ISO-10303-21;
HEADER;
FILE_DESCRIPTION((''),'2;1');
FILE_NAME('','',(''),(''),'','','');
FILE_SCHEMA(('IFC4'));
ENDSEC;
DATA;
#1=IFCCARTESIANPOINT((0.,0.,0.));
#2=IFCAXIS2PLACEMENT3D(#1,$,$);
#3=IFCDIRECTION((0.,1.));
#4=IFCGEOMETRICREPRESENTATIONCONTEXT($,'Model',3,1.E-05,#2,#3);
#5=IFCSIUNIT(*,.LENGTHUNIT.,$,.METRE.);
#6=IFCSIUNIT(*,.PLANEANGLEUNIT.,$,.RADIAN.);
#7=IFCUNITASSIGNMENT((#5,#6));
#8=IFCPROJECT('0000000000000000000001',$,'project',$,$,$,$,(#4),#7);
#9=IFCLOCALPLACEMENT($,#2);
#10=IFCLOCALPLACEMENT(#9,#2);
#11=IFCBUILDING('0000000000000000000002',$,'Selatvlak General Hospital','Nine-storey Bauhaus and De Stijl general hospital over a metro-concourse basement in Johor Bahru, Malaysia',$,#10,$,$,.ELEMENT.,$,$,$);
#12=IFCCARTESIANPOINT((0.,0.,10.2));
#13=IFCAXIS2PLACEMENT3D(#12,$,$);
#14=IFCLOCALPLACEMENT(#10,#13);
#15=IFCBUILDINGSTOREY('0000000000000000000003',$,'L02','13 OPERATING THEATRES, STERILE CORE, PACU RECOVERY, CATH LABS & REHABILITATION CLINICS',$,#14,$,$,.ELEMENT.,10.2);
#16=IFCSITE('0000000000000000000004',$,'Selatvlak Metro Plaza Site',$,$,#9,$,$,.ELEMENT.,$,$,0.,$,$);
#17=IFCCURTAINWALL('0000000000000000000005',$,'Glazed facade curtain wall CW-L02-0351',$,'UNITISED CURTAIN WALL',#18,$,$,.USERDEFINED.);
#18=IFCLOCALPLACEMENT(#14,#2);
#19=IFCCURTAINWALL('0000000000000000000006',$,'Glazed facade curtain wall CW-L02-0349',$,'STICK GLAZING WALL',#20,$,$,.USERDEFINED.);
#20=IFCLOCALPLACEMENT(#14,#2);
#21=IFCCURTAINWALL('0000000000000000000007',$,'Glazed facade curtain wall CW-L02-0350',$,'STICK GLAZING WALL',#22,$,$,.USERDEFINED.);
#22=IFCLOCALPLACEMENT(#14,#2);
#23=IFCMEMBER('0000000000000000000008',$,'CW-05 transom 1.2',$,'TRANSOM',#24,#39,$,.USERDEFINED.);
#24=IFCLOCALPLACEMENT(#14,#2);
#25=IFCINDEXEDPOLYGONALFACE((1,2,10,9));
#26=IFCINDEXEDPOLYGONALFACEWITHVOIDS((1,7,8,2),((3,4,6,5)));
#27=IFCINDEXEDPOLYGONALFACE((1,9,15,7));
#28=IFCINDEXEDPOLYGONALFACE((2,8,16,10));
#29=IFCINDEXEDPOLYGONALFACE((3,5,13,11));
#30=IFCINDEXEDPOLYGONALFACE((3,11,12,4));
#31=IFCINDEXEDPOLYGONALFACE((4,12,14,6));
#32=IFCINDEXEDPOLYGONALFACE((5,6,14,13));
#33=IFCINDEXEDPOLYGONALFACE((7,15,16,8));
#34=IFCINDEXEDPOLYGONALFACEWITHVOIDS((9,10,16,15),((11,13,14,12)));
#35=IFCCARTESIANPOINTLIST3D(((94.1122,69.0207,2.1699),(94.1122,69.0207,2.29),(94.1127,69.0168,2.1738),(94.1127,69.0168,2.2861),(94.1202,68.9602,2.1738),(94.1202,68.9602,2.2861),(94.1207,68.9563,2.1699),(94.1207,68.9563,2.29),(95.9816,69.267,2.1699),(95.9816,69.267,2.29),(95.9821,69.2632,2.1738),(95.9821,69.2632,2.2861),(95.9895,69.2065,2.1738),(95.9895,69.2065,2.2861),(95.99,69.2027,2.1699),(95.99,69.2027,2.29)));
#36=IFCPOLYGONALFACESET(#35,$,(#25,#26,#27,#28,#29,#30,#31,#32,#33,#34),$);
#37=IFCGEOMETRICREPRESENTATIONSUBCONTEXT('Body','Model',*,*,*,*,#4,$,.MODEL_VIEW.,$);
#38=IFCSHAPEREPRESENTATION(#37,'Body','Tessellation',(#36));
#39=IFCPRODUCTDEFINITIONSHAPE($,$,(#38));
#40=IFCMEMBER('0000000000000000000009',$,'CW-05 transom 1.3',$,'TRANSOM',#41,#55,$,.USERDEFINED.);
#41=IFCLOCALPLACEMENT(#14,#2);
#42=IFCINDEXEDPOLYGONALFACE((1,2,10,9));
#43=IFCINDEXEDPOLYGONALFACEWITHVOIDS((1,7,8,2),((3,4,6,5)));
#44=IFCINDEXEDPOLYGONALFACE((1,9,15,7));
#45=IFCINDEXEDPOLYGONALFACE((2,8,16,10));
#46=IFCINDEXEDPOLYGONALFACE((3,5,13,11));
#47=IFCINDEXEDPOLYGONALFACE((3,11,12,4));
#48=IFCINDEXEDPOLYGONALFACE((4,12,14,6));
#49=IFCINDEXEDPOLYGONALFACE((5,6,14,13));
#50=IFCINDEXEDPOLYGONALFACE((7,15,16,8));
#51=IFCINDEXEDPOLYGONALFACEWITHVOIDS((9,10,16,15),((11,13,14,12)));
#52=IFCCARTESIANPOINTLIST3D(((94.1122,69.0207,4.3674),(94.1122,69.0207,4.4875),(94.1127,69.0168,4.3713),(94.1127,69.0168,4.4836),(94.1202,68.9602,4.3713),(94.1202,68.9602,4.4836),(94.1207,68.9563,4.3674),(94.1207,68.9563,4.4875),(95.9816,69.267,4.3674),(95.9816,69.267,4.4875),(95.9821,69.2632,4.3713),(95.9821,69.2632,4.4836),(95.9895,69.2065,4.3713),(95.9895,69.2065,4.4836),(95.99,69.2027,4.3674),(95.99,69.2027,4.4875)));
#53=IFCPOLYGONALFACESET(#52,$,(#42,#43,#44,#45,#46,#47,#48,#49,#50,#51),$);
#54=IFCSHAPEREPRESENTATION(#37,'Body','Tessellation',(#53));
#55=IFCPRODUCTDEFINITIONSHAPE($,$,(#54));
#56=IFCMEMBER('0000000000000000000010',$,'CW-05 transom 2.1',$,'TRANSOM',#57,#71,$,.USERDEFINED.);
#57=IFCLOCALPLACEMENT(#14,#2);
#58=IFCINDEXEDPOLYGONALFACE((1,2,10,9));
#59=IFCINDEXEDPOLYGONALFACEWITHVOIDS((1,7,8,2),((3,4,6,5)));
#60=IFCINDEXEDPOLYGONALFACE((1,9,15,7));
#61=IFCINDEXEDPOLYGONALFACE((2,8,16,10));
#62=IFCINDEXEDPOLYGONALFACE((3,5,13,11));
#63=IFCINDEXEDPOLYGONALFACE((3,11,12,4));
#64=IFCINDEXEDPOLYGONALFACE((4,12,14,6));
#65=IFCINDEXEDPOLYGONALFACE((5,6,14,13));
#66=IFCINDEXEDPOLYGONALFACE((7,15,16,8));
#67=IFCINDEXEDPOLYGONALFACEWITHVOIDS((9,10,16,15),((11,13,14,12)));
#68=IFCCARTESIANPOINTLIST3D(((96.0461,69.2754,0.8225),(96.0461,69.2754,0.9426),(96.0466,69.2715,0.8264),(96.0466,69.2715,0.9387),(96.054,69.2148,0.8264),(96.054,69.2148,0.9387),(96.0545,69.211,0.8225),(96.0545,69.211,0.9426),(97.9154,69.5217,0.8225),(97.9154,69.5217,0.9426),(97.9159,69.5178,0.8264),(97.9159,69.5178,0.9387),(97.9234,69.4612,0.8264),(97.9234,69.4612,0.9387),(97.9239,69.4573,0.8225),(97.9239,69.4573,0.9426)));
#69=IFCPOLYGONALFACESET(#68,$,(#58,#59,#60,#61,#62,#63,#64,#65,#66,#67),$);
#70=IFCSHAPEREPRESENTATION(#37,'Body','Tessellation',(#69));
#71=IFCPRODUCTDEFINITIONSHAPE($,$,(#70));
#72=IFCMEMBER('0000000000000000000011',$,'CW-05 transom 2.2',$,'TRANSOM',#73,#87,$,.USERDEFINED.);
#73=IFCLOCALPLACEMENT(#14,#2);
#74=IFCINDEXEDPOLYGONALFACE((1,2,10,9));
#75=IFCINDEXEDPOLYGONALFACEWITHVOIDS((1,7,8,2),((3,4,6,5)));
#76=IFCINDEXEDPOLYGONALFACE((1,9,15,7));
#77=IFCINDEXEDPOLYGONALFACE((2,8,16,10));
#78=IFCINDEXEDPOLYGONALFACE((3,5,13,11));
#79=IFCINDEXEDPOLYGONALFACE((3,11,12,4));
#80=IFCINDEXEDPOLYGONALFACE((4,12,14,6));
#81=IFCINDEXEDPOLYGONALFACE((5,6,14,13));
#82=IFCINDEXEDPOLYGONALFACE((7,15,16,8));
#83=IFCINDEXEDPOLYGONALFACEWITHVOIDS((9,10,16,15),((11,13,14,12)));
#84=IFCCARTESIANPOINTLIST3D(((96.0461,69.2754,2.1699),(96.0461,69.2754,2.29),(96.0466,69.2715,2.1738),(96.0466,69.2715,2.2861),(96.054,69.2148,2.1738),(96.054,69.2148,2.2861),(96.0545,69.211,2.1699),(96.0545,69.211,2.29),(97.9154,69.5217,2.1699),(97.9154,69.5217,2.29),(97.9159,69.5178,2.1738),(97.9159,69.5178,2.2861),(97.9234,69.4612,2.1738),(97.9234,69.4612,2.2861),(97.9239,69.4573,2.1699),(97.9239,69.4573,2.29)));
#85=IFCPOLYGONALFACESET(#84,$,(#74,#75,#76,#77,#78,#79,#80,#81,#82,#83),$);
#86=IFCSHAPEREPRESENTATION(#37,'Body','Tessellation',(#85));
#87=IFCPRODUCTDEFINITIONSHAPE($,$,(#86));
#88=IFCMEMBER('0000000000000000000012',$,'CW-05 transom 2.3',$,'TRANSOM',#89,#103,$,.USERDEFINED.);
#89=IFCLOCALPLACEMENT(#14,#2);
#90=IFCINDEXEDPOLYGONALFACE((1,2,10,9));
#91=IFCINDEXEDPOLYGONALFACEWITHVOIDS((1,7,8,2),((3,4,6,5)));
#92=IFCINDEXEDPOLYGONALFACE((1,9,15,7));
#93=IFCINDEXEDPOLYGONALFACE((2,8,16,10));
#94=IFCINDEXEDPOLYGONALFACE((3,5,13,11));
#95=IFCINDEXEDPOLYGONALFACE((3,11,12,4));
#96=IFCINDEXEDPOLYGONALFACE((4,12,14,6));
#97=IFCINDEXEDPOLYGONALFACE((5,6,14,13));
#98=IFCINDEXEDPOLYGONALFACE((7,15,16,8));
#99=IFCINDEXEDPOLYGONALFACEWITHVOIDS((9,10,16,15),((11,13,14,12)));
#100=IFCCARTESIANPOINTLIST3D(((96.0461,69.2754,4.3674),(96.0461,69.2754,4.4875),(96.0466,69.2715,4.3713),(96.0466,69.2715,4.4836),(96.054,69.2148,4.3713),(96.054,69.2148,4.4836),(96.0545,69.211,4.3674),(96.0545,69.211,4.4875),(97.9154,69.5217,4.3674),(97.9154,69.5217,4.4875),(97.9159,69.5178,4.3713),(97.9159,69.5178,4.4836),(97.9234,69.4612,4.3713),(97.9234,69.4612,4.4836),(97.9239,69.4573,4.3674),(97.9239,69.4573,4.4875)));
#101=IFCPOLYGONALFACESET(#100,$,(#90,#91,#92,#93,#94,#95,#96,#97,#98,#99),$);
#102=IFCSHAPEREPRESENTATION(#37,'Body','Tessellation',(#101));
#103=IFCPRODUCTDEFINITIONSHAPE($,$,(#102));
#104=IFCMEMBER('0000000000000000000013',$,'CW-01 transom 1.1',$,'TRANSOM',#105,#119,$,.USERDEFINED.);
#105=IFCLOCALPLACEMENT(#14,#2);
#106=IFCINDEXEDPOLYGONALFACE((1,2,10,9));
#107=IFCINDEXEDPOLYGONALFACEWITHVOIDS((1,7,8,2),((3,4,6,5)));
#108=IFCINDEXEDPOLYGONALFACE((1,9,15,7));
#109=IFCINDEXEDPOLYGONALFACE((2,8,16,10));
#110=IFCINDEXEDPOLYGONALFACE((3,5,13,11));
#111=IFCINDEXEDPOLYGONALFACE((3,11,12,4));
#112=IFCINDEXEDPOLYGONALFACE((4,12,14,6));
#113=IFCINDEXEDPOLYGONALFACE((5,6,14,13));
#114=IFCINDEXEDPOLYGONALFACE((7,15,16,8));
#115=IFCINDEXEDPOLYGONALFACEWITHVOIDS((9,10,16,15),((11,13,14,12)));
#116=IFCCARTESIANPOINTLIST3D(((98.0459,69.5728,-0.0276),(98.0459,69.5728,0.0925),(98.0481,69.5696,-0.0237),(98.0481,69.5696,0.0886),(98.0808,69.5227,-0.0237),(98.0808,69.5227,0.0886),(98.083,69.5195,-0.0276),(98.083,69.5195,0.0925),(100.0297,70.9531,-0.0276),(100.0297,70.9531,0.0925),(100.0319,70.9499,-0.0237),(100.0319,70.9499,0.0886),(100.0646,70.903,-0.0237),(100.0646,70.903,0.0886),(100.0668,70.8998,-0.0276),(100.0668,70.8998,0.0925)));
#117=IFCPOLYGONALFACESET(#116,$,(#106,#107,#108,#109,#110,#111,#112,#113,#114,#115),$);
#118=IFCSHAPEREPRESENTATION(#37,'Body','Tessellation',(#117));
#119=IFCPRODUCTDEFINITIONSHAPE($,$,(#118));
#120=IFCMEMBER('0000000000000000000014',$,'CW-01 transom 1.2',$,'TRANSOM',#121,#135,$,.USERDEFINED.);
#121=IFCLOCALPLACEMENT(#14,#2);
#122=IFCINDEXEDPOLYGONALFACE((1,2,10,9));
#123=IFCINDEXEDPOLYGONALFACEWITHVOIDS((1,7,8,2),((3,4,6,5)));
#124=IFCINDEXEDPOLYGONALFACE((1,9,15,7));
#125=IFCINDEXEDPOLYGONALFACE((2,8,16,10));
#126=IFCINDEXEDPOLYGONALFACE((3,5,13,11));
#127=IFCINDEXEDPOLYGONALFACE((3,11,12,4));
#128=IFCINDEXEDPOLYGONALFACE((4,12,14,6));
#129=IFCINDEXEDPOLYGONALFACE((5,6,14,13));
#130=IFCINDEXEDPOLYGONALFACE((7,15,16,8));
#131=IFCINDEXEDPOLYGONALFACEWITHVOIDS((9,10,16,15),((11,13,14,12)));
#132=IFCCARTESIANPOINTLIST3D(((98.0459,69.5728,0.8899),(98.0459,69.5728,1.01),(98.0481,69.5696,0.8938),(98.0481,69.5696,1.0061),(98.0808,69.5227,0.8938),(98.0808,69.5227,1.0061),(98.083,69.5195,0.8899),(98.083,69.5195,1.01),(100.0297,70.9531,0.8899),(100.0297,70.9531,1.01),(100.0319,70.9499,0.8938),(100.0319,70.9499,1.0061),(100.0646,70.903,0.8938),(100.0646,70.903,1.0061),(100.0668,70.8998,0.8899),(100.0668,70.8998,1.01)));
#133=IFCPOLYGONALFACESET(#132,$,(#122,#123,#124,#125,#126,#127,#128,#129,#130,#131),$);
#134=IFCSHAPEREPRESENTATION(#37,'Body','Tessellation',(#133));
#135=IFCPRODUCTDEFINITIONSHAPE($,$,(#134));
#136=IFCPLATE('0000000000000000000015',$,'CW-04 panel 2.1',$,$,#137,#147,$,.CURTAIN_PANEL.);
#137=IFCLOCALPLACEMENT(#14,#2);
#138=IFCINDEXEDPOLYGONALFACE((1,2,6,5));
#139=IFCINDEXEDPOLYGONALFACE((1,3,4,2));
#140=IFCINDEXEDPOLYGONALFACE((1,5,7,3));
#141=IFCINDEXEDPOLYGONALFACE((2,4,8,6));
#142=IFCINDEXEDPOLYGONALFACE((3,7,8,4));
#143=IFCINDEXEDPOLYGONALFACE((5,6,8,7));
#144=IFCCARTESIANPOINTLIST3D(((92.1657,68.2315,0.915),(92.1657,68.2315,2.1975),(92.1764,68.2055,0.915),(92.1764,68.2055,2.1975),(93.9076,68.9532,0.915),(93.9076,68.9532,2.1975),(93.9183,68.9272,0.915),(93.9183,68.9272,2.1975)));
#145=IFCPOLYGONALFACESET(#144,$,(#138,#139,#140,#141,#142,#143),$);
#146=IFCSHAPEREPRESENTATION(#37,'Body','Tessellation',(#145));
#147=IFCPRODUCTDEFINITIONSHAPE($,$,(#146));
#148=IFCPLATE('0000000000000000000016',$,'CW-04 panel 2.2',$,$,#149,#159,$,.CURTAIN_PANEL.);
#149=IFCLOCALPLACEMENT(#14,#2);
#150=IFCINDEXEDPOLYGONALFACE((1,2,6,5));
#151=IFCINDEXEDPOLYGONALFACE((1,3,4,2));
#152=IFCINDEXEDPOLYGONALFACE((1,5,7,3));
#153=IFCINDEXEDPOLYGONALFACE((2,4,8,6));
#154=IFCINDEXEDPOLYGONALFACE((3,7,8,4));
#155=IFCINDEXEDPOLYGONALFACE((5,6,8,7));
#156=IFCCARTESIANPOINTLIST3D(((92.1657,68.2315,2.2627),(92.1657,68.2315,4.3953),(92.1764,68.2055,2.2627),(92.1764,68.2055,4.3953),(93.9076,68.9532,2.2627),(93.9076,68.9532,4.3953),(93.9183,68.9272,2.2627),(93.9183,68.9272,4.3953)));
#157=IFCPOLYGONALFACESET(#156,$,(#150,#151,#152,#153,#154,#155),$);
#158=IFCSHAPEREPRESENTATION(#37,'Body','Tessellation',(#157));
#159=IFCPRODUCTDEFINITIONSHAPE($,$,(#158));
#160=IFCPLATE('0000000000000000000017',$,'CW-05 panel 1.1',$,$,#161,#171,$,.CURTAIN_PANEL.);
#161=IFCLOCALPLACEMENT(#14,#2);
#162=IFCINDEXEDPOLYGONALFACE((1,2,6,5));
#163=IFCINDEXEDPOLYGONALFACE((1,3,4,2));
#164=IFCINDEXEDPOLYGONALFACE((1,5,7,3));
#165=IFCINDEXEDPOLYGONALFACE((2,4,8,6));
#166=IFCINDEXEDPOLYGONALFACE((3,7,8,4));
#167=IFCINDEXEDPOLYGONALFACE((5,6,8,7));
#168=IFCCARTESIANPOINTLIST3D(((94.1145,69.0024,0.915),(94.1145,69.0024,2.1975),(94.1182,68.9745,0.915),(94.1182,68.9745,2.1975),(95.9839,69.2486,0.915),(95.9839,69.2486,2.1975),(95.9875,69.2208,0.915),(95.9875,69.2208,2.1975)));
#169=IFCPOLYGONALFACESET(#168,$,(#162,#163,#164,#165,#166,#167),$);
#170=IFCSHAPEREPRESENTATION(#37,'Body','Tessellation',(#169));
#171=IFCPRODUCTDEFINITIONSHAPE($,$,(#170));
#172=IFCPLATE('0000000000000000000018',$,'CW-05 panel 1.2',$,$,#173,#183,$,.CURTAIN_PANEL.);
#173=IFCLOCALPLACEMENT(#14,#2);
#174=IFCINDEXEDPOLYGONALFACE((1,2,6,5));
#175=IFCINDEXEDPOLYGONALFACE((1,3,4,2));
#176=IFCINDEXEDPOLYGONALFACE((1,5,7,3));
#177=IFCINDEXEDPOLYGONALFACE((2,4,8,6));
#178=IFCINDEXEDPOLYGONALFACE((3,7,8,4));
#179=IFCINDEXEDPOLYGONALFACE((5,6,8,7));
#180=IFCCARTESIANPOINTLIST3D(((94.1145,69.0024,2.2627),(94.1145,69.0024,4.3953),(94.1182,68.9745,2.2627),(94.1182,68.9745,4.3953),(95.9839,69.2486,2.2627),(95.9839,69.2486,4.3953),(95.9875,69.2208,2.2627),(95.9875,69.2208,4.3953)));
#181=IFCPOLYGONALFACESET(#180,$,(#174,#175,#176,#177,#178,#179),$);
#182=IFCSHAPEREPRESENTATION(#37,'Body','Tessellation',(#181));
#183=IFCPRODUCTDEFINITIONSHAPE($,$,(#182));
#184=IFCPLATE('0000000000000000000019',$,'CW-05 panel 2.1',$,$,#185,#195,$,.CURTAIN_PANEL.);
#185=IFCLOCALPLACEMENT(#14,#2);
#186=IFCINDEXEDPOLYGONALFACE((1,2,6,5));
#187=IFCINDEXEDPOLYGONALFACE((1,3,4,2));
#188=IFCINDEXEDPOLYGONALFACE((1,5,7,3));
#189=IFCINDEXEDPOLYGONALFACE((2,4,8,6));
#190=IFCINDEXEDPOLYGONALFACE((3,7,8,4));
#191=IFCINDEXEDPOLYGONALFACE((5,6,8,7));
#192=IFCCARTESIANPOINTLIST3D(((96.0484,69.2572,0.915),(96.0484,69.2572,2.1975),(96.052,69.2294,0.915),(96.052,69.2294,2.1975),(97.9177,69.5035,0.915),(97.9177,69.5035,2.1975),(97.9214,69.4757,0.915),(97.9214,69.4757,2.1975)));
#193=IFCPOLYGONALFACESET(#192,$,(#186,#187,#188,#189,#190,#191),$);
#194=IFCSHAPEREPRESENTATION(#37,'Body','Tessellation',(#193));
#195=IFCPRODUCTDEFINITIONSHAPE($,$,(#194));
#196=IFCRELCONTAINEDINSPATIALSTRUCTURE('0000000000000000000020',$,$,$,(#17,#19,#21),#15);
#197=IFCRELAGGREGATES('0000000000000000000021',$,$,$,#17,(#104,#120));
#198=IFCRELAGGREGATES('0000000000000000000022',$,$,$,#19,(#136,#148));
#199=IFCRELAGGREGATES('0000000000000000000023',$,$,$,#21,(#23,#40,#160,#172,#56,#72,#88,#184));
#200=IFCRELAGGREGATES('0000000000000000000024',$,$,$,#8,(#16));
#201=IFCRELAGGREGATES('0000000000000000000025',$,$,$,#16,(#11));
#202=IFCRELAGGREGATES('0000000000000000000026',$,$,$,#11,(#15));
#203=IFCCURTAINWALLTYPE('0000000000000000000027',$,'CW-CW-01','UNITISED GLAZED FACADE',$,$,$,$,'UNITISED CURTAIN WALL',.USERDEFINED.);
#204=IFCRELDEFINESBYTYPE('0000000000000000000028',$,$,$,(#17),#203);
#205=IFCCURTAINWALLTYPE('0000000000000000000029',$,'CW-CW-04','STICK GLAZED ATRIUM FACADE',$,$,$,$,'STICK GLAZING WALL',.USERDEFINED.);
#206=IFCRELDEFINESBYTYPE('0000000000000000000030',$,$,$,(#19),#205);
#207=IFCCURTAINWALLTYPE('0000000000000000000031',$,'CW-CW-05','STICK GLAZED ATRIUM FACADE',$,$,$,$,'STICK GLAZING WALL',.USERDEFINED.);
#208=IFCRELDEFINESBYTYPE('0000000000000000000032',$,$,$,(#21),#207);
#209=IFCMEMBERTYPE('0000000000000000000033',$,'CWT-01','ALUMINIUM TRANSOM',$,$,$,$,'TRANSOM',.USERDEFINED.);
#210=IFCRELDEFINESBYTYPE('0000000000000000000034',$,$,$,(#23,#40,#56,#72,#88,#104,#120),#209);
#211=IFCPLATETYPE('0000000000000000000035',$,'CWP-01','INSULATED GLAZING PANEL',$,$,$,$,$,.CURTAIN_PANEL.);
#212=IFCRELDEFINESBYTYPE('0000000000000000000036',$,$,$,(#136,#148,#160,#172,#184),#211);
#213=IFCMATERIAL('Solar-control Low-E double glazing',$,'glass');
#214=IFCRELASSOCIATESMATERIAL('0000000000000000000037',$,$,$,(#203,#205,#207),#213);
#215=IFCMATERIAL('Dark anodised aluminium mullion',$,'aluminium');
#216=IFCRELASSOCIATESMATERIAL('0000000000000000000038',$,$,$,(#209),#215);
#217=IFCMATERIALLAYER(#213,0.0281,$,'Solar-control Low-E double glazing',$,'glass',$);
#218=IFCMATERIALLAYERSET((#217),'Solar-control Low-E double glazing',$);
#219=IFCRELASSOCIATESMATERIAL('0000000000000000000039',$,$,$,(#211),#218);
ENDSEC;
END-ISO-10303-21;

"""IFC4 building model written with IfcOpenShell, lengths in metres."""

from ifc_helpers import new_model, si_unit, direction, frame, origin, origin_2d, place, context, subcontext, project, spatial, rectangle, hollow_rectangle, extrude, material, layer, layer_set, material_profile, profile_set, type_object, element, aggregate, save


model = new_model("IFC4")

# Units and contexts
model_context = context("Model", 3, precision=1e-05, world=origin(), true_north=direction((0.0, 1.0)))
body_context = subcontext(model_context, "Body", "Model", "MODEL_VIEW")
ifc_project = project(units=[si_unit("LENGTHUNIT", "METRE"), si_unit("PLANEANGLEUNIT", "RADIAN")], contexts=[model_context])

# Site, building, storey
site_placement = place(None, origin())
site = spatial("IfcSite", under=ifc_project, at=site_placement, Name="Selatvlak Metro Plaza Site", CompositionType="ELEMENT", RefElevation=0.0)
building_placement = place(site_placement, origin())
building = spatial("IfcBuilding", under=site, at=building_placement, Name="Selatvlak General Hospital", Description="Nine-storey Bauhaus and De Stijl general hospital over a metro-concourse basement in Johor Bahru, Malaysia", CompositionType="ELEMENT")
storey_placement = place(building_placement, frame((0.0, 0.0, 10.2)))
storey = spatial("IfcBuildingStorey", under=building, at=storey_placement, Name="L02", Description="13 OPERATING THEATRES, STERILE CORE, PACU RECOVERY, CATH LABS & REHABILITATION CLINICS", CompositionType="ELEMENT", Elevation=10.2)

# Curtain walls
ifc_material_1 = material(Name="Solar-control Low-E double glazing", Category="glass")
curtain_wall_type_1 = type_object("IfcCurtainWallType", Name="CW-CW-01", Description="UNITISED GLAZED FACADE", ElementType="UNITISED CURTAIN WALL", PredefinedType="USERDEFINED", material=ifc_material_1)
curtain_wall_1_placement = place(storey_placement, origin())
curtain_wall_1 = element("IfcCurtainWall", 1, at=curtain_wall_1_placement, inside=storey, type_object=curtain_wall_type_1, Name="Glazed facade curtain wall CW-L02-0351", ObjectType="UNITISED CURTAIN WALL", PredefinedType="USERDEFINED")
ifc_material_2 = material(Name="Dark anodised aluminium mullion", Category="aluminium")
curtain_wall_type_2 = type_object("IfcCurtainWallType", Name="CW-CW-04", Description="STICK GLAZED ATRIUM FACADE", ElementType="STICK GLAZING WALL", PredefinedType="USERDEFINED", material=ifc_material_1)
curtain_wall_2_placement = place(storey_placement, origin())
curtain_wall_2 = element("IfcCurtainWall", 2, at=curtain_wall_2_placement, inside=storey, type_object=curtain_wall_type_2, Name="Glazed facade curtain wall CW-L02-0349", ObjectType="STICK GLAZING WALL", PredefinedType="USERDEFINED")

# Curtain wall
curtain_wall_type_3 = type_object("IfcCurtainWallType", Name="CW-CW-05", Description="STICK GLAZED ATRIUM FACADE", ElementType="STICK GLAZING WALL", PredefinedType="USERDEFINED", material=ifc_material_1)
curtain_wall_3_placement = place(storey_placement, origin())
curtain_wall_3 = element("IfcCurtainWall", 3, at=curtain_wall_3_placement, inside=storey, type_object=curtain_wall_type_3, Name="Glazed facade curtain wall CW-L02-0350", ObjectType="STICK GLAZING WALL", PredefinedType="USERDEFINED")

# Members
ifc_material_profile_1 = material_profile(ifc_material_2, hollow_rectangle(XDim=0.0649, YDim=0.1201, WallThickness=0.0039, at=origin_2d()), Name="AL-TRN 65x120x4")
ifc_profile_set_1 = profile_set([ifc_material_profile_1], Name="Dark anodised aluminium mullion")
member_type_1 = type_object("IfcMemberType", Name="CWT-01", Description="ALUMINIUM TRANSOM", ElementType="TRANSOM", PredefinedType="USERDEFINED", material=ifc_profile_set_1)
member_1_placement = place(storey_placement, frame((94.1165, 68.9885, 2.23), z_axis=(0.991429, 0.130645, 0.0), x_axis=(-0.130645, 0.991429, 0.0)))
member_1 = element("IfcMember", 4, at=member_1_placement, type_object=member_type_1, Name="CW-05 transom 1.2", ObjectType="TRANSOM", PredefinedType="USERDEFINED", context=body_context, shape_type="SweptSolid", body=[
    extrude(hollow_rectangle(XDim=0.0649, YDim=0.1201, WallThickness=0.0039, at=origin_2d()), origin(), (0.0, 0.0, 1.0), 1.8855),
])
member_2_placement = place(storey_placement, frame((94.1165, 68.9885, 4.4275), z_axis=(0.991429, 0.130645, 0.0), x_axis=(-0.130645, 0.991429, 0.0)))
member_2 = element("IfcMember", 5, at=member_2_placement, type_object=member_type_1, Name="CW-05 transom 1.3", ObjectType="TRANSOM", PredefinedType="USERDEFINED", context=body_context, shape_type="SweptSolid", body=[
    extrude(hollow_rectangle(XDim=0.0649, YDim=0.1201, WallThickness=0.0039, at=origin_2d()), origin(), (0.0, 0.0, 1.0), 1.8855),
])
member_3_placement = place(storey_placement, frame((96.0503, 69.2432, 0.8826), z_axis=(0.991429, 0.130645, 0.0), x_axis=(-0.130645, 0.991429, 0.0)))
member_3 = element("IfcMember", 6, at=member_3_placement, type_object=member_type_1, Name="CW-05 transom 2.1", ObjectType="TRANSOM", PredefinedType="USERDEFINED", context=body_context, shape_type="SweptSolid", body=[
    extrude(hollow_rectangle(XDim=0.0649, YDim=0.1201, WallThickness=0.0039, at=origin_2d()), origin(), (0.0, 0.0, 1.0), 1.8855),
])
member_4_placement = place(storey_placement, frame((96.0503, 69.2432, 2.23), z_axis=(0.991429, 0.130645, 0.0), x_axis=(-0.130645, 0.991429, 0.0)))
member_4 = element("IfcMember", 7, at=member_4_placement, type_object=member_type_1, Name="CW-05 transom 2.2", ObjectType="TRANSOM", PredefinedType="USERDEFINED", context=body_context, shape_type="SweptSolid", body=[
    extrude(hollow_rectangle(XDim=0.0649, YDim=0.1201, WallThickness=0.0039, at=origin_2d()), origin(), (0.0, 0.0, 1.0), 1.8855),
])
member_5_placement = place(storey_placement, frame((96.0503, 69.2432, 4.4275), z_axis=(0.991429, 0.130645, 0.0), x_axis=(-0.130645, 0.991429, 0.0)))
member_5 = element("IfcMember", 8, at=member_5_placement, type_object=member_type_1, Name="CW-05 transom 2.3", ObjectType="TRANSOM", PredefinedType="USERDEFINED", context=body_context, shape_type="SweptSolid", body=[
    extrude(hollow_rectangle(XDim=0.0649, YDim=0.1201, WallThickness=0.0039, at=origin_2d()), origin(), (0.0, 0.0, 1.0), 1.8855),
])
member_6_placement = place(storey_placement, frame((98.0645, 69.5461, 0.0325), z_axis=(0.820852, 0.571141, 0.0), x_axis=(-0.571141, 0.820852, 0.0)))
member_6 = element("IfcMember", 9, at=member_6_placement, type_object=member_type_1, Name="CW-01 transom 1.1", ObjectType="TRANSOM", PredefinedType="USERDEFINED", context=body_context, shape_type="SweptSolid", body=[
    extrude(hollow_rectangle(XDim=0.0649, YDim=0.1201, WallThickness=0.0039, at=origin_2d()), origin(), (0.0, 0.0, 1.0), 2.4167),
])
member_7_placement = place(storey_placement, frame((98.0645, 69.5461, 0.95), z_axis=(0.820852, 0.571141, 0.0), x_axis=(-0.571141, 0.820852, 0.0)))
member_7 = element("IfcMember", 10, at=member_7_placement, type_object=member_type_1, Name="CW-01 transom 1.2", ObjectType="TRANSOM", PredefinedType="USERDEFINED", context=body_context, shape_type="SweptSolid", body=[
    extrude(hollow_rectangle(XDim=0.0649, YDim=0.1201, WallThickness=0.0039, at=origin_2d()), origin(), (0.0, 0.0, 1.0), 2.4167),
])
aggregate(curtain_wall_1, [member_6, member_7])

# Plates
ifc_layer_1 = layer(ifc_material_1, 0.0281, Name="Solar-control Low-E double glazing", Category="glass")
ifc_layer_set_1 = layer_set([ifc_layer_1], Name="Solar-control Low-E double glazing")
plate_type = type_object("IfcPlateType", Name="CWP-01", Description="INSULATED GLAZING PANEL", PredefinedType="CURTAIN_PANEL", material=ifc_layer_set_1)
plate_1_placement = place(storey_placement, frame((93.042, 68.5793, 0.915), z_axis=(0.0, 0.0, 1.0), x_axis=(0.923851, 0.382753, 0.0)))
plate_1 = element("IfcPlate", 11, at=plate_1_placement, type_object=plate_type, Name="CW-04 panel 2.1", PredefinedType="CURTAIN_PANEL", context=body_context, shape_type="SweptSolid", body=[
    extrude(rectangle(XDim=1.8855, YDim=0.0281, at=origin_2d()), origin(), (0.0, 0.0, 1.0), 1.2825),
])
plate_2_placement = place(storey_placement, frame((93.042, 68.5793, 2.2627), z_axis=(0.0, 0.0, 1.0), x_axis=(0.923851, 0.382753, 0.0)))
plate_2 = element("IfcPlate", 12, at=plate_2_placement, type_object=plate_type, Name="CW-04 panel 2.2", PredefinedType="CURTAIN_PANEL", context=body_context, shape_type="SweptSolid", body=[
    extrude(rectangle(XDim=1.8855, YDim=0.0281, at=origin_2d()), origin(), (0.0, 0.0, 1.0), 2.1326),
])
aggregate(curtain_wall_2, [plate_1, plate_2])
plate_3_placement = place(storey_placement, frame((95.051, 69.1116, 0.915), z_axis=(0.0, 0.0, 1.0), x_axis=(0.991434, 0.130611, 0.0)))
plate_3 = element("IfcPlate", 13, at=plate_3_placement, type_object=plate_type, Name="CW-05 panel 1.1", PredefinedType="CURTAIN_PANEL", context=body_context, shape_type="SweptSolid", body=[
    extrude(rectangle(XDim=1.8855, YDim=0.0281, at=origin_2d()), origin(), (0.0, 0.0, 1.0), 1.2825),
])
plate_4_placement = place(storey_placement, frame((95.051, 69.1116, 2.2627), z_axis=(0.0, 0.0, 1.0), x_axis=(0.991434, 0.130611, 0.0)))
plate_4 = element("IfcPlate", 14, at=plate_4_placement, type_object=plate_type, Name="CW-05 panel 1.2", PredefinedType="CURTAIN_PANEL", context=body_context, shape_type="SweptSolid", body=[
    extrude(rectangle(XDim=1.8855, YDim=0.0281, at=origin_2d()), origin(), (0.0, 0.0, 1.0), 2.1326),
])
plate_5_placement = place(storey_placement, frame((96.9849, 69.3665, 0.915), z_axis=(0.0, 0.0, 1.0), x_axis=(0.991434, 0.130611, 0.0)))
plate_5 = element("IfcPlate", 15, at=plate_5_placement, type_object=plate_type, Name="CW-05 panel 2.1", PredefinedType="CURTAIN_PANEL", context=body_context, shape_type="SweptSolid", body=[
    extrude(rectangle(XDim=1.8855, YDim=0.0281, at=origin_2d()), origin(), (0.0, 0.0, 1.0), 1.2825),
])
aggregate(curtain_wall_3, [member_1, member_2, plate_3, plate_4, member_3, member_4, member_5, plate_5])

save(model, "model.ifc")
